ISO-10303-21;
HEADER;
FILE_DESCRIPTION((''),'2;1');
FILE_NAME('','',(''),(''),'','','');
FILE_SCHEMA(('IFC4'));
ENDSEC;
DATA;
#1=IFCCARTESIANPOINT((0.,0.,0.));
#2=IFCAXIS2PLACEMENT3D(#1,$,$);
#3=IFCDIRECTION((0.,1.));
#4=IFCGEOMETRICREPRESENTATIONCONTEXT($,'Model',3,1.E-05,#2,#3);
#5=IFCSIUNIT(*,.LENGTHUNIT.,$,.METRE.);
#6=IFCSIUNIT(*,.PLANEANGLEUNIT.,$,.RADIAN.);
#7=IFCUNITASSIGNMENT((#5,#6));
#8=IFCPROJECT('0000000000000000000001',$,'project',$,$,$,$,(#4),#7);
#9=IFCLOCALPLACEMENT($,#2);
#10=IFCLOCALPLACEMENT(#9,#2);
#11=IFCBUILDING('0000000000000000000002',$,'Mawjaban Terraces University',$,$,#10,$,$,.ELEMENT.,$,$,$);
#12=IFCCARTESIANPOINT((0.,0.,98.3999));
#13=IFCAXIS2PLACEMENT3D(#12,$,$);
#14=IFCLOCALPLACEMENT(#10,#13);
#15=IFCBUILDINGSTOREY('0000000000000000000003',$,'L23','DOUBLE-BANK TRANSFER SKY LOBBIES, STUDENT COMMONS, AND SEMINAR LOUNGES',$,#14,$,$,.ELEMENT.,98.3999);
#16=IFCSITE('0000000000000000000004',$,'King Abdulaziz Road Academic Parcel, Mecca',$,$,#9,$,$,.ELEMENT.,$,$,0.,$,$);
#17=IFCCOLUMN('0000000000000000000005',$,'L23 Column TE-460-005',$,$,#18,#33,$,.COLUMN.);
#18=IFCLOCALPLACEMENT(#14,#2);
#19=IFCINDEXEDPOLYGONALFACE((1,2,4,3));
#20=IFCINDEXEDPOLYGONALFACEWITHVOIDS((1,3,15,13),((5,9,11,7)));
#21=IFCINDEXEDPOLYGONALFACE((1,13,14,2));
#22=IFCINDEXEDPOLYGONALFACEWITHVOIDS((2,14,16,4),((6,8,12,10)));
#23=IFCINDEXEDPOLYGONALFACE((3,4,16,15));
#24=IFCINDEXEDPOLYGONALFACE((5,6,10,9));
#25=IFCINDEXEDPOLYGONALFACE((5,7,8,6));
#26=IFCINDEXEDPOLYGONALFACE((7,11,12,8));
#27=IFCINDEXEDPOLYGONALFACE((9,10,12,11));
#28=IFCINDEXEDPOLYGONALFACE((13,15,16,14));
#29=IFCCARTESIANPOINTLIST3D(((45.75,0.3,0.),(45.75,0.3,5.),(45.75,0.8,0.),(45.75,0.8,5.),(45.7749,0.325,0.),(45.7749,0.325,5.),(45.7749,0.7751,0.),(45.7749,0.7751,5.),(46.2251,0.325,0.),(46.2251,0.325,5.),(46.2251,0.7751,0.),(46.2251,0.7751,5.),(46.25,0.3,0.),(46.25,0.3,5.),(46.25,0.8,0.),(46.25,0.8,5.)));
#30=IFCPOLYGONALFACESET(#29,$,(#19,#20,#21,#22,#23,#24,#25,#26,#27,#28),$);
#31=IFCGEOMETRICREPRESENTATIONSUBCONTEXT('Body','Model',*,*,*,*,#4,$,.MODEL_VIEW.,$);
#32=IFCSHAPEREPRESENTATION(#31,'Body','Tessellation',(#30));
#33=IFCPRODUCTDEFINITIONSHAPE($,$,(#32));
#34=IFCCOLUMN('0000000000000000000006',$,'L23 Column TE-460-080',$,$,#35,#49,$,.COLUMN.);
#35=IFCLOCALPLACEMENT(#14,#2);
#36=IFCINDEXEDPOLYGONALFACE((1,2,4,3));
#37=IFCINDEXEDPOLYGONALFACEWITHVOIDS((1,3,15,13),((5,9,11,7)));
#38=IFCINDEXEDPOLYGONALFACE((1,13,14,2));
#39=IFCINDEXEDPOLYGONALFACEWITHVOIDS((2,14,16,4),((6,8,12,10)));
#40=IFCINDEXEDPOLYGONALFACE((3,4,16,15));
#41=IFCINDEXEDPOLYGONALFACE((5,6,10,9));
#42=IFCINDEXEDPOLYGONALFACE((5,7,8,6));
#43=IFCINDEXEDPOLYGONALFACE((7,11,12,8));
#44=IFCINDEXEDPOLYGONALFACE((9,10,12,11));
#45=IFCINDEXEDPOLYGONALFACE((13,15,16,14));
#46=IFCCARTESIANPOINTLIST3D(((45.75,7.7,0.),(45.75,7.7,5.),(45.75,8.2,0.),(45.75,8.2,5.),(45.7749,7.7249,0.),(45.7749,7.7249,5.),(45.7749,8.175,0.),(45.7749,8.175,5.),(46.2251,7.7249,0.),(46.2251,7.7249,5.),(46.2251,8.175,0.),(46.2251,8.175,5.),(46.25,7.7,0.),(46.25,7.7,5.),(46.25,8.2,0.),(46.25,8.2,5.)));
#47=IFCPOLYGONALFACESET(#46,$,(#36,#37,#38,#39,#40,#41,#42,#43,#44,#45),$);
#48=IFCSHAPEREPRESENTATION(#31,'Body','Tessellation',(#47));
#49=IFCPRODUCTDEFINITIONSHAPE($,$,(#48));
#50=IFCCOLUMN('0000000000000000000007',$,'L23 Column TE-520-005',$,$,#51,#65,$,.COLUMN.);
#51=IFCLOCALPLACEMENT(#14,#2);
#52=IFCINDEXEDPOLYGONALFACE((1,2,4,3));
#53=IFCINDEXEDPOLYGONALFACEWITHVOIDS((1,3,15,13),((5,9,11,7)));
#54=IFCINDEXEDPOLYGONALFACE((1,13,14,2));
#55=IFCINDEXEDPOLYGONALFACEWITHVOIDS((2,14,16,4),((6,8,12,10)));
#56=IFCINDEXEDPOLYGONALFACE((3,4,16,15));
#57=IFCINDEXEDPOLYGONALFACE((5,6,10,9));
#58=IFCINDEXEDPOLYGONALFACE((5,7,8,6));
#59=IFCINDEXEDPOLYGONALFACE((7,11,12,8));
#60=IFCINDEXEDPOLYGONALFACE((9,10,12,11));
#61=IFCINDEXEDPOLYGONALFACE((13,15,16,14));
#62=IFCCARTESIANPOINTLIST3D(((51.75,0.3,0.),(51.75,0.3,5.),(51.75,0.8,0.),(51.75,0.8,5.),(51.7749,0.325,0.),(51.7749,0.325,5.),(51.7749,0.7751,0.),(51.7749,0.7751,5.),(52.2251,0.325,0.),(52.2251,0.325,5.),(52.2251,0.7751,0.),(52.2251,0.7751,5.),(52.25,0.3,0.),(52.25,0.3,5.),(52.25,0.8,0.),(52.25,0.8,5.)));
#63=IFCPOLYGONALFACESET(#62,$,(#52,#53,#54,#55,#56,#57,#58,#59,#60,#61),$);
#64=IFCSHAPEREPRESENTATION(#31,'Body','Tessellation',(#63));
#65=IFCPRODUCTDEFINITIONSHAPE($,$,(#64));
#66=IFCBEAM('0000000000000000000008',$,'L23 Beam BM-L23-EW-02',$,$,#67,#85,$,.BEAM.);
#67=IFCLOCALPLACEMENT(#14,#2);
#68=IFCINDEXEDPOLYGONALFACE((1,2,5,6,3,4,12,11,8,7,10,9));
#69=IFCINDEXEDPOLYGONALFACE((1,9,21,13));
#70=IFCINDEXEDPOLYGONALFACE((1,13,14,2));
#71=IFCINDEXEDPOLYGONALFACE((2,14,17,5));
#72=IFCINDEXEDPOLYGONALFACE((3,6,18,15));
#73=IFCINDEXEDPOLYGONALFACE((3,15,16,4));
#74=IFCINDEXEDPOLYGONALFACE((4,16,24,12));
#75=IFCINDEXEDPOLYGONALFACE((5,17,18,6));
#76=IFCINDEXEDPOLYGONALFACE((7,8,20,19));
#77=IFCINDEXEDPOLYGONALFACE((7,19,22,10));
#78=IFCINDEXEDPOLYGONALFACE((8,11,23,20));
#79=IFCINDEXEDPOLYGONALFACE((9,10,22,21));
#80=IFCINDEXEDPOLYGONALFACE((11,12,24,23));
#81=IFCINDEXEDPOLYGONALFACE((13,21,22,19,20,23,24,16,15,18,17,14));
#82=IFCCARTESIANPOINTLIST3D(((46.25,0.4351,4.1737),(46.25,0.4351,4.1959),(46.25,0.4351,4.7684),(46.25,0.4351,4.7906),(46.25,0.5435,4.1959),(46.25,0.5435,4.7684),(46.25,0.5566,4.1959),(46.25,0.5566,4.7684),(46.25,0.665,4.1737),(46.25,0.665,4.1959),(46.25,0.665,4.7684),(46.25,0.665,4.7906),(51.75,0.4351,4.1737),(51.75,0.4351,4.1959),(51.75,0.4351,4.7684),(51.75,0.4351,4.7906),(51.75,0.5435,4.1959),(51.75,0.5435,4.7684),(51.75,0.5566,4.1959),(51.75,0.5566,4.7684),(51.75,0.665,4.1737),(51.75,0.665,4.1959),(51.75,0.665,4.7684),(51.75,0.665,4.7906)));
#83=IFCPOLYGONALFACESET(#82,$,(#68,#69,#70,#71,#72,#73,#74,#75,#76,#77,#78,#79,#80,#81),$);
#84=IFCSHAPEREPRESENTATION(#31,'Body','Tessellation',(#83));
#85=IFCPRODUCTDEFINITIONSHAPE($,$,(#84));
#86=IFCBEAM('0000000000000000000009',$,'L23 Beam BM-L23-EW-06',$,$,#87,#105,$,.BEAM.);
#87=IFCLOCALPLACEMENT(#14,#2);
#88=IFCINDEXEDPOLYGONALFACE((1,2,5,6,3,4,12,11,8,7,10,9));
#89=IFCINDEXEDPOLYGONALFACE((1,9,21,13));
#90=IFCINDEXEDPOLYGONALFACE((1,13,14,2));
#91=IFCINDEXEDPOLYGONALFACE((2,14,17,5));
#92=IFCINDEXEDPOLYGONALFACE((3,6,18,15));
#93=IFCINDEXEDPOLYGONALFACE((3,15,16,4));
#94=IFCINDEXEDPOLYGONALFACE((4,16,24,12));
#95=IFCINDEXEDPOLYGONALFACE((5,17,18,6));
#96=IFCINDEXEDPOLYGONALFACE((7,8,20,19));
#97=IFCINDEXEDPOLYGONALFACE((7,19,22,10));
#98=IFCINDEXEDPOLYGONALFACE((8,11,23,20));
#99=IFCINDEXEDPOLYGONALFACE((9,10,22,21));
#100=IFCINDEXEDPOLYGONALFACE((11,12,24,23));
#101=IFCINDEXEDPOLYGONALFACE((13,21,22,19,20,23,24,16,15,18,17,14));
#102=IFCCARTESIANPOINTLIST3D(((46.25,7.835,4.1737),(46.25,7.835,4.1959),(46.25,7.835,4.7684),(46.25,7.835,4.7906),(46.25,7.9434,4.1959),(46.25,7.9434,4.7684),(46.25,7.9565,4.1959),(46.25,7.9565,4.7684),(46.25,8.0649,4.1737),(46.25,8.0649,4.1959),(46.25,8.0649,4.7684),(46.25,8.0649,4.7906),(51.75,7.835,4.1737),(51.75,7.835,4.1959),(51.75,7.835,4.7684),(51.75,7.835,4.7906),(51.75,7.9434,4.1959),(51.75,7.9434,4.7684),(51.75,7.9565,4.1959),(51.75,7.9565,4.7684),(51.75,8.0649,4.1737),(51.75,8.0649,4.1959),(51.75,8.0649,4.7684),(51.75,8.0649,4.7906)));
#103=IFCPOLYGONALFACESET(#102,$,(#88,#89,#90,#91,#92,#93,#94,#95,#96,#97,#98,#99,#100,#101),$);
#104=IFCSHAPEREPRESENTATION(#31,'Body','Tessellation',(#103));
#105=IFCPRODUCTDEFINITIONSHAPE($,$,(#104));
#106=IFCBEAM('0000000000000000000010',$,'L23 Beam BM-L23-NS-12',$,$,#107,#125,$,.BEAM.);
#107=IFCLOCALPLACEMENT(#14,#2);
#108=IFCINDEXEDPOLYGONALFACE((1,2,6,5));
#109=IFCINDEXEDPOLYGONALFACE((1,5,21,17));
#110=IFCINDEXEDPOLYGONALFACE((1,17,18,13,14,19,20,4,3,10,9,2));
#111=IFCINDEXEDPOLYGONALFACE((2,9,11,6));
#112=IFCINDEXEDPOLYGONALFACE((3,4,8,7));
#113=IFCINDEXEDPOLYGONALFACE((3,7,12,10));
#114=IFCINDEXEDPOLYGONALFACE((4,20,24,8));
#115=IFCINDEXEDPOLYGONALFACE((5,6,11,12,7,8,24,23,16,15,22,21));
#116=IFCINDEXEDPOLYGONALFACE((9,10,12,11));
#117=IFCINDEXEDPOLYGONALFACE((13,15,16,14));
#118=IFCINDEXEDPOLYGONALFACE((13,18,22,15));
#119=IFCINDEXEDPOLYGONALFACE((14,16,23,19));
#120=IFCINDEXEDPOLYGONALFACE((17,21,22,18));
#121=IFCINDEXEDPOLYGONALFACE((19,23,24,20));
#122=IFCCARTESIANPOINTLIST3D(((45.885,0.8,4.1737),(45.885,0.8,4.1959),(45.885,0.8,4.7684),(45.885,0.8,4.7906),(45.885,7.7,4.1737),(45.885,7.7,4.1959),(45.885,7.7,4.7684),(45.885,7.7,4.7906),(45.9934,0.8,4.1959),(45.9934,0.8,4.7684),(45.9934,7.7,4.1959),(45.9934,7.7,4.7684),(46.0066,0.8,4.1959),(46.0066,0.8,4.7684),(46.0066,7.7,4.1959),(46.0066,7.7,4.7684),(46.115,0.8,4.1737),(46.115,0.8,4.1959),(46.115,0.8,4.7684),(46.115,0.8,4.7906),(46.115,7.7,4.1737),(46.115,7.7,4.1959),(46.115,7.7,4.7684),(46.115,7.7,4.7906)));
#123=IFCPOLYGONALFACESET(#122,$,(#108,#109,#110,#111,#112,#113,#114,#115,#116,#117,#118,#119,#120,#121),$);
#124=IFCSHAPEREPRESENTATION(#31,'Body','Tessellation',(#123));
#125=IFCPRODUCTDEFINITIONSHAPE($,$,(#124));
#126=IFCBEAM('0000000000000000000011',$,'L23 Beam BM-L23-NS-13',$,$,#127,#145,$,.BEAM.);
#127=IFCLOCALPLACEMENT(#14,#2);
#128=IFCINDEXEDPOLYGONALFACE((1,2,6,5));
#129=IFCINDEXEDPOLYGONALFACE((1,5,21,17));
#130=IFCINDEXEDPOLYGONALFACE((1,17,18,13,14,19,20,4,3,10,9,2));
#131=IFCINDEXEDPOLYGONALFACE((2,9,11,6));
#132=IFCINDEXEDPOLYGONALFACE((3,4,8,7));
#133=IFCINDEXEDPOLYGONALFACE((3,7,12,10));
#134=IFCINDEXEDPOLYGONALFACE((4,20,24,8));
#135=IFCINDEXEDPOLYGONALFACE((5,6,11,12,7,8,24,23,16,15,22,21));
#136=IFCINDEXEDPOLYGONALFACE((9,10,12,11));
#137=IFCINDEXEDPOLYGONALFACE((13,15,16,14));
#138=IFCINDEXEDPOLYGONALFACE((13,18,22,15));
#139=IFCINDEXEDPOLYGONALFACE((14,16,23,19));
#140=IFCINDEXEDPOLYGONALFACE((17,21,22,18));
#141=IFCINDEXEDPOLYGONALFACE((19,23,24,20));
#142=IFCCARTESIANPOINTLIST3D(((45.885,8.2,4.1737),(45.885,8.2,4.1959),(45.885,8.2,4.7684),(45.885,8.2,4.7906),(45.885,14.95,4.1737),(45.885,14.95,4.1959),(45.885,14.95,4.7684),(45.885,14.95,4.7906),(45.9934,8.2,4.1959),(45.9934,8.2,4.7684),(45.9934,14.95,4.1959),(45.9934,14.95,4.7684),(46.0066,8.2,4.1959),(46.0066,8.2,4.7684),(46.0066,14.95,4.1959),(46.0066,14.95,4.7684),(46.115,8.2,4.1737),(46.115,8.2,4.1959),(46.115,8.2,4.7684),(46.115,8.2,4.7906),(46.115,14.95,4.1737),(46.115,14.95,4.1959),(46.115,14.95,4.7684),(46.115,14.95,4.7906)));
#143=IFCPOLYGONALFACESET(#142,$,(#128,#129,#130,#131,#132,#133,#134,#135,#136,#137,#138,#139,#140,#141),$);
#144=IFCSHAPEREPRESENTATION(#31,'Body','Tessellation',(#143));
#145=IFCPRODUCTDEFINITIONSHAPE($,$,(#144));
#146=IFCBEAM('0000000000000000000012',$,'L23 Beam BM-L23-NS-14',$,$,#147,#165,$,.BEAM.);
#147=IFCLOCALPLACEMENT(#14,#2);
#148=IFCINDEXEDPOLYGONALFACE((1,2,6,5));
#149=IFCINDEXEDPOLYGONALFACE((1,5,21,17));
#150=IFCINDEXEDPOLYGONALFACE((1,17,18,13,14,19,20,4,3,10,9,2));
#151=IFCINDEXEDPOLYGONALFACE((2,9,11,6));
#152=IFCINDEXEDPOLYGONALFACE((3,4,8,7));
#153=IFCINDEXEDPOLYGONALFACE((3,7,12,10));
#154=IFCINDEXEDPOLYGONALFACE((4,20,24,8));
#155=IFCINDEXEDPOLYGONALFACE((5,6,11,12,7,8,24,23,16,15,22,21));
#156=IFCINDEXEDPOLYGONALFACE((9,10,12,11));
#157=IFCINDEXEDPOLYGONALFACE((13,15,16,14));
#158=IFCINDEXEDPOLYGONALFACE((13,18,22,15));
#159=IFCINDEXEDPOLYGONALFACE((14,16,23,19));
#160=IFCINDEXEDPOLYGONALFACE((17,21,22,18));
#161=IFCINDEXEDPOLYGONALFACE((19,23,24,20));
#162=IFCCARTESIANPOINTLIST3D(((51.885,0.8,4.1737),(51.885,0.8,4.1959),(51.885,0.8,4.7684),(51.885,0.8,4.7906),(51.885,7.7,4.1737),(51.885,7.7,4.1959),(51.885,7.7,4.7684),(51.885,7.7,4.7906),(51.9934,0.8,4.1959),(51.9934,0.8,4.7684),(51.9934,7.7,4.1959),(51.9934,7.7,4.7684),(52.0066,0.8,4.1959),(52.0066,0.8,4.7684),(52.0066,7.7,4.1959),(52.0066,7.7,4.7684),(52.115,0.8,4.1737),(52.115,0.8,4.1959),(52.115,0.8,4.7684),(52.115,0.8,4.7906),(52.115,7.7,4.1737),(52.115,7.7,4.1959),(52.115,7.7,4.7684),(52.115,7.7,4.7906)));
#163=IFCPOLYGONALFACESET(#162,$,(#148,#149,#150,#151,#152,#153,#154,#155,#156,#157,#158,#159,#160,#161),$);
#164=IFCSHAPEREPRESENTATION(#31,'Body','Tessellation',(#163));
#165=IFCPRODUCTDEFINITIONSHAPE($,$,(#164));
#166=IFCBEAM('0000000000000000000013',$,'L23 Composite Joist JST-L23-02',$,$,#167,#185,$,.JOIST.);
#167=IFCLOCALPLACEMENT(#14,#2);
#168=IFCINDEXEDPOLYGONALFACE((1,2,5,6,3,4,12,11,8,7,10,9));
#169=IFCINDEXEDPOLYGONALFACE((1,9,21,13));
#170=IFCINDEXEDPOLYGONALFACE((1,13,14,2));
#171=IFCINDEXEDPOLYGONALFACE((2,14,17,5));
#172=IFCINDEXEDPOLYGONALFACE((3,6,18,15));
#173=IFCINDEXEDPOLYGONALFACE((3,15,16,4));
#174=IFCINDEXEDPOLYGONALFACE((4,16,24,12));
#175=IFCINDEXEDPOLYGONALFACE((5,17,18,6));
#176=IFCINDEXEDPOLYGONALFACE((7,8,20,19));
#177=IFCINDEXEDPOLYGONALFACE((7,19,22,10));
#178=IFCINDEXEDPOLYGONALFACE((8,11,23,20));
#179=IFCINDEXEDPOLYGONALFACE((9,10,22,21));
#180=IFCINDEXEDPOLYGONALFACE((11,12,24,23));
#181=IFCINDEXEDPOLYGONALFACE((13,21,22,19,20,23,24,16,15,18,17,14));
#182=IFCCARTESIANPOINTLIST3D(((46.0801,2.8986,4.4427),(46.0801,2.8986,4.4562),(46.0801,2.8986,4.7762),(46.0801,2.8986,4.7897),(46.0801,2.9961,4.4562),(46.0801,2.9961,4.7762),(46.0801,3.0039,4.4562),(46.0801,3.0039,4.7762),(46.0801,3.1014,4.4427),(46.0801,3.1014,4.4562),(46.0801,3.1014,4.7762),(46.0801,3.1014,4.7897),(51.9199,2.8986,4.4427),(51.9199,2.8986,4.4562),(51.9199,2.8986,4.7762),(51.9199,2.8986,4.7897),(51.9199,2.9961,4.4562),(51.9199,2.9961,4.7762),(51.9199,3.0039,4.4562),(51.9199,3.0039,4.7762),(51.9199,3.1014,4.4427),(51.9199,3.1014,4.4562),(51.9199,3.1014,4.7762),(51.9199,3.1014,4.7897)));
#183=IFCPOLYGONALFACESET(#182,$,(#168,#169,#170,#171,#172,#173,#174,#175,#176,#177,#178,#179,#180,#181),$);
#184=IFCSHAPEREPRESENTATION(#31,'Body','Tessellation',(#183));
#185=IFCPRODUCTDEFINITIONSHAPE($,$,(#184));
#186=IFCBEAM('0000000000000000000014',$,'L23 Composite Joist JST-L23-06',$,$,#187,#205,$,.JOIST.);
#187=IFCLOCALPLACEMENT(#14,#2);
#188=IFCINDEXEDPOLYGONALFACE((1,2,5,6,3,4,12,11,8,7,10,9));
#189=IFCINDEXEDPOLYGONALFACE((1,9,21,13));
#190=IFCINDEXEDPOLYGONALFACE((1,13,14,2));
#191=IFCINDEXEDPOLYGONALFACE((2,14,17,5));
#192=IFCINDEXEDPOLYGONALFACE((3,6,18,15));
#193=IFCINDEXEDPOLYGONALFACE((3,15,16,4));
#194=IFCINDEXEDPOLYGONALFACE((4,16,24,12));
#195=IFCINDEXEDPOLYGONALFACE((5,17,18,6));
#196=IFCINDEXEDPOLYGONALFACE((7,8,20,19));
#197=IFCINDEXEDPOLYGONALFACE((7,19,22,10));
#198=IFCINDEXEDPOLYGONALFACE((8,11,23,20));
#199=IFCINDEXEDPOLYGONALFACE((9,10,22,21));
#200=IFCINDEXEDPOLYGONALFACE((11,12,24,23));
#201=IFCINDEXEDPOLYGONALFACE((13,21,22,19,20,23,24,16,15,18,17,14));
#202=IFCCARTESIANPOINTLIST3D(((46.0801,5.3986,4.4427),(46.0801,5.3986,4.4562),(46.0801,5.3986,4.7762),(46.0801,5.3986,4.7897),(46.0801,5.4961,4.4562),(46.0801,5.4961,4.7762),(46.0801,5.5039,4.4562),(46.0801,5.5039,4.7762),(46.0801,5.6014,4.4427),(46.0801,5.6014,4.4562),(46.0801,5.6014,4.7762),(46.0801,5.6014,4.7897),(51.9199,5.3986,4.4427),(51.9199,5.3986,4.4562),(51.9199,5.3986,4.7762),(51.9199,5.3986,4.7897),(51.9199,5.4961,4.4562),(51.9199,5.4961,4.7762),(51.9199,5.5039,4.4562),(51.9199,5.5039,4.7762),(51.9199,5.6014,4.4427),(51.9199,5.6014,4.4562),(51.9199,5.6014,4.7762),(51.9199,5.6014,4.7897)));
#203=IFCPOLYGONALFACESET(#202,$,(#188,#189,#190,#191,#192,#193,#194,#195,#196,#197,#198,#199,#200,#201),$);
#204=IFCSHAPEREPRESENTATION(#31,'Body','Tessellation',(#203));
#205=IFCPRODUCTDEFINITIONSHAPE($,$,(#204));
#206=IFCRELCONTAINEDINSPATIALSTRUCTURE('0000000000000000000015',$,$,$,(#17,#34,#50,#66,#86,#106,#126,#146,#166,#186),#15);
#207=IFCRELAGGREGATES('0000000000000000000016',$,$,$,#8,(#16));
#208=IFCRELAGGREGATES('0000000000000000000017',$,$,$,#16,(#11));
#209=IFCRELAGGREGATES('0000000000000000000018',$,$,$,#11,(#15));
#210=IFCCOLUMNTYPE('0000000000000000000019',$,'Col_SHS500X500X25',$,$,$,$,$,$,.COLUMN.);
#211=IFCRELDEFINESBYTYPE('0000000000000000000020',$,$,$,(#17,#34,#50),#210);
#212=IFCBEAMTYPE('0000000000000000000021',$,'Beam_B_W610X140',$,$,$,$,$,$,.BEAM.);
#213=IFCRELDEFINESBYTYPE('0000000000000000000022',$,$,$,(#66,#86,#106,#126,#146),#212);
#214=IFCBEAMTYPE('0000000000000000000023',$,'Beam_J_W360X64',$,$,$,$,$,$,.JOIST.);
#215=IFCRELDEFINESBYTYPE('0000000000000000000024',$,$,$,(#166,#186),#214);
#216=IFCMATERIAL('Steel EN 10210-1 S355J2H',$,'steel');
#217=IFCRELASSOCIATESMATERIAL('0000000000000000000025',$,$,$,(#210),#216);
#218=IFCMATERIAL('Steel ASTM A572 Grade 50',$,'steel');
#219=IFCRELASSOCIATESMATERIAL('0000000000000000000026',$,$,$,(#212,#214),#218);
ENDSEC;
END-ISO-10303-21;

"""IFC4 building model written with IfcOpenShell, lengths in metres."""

from ifc_helpers import new_model, si_unit, direction, frame, origin, origin_2d, place, context, subcontext, project, spatial, hollow_rectangle, i_section, extrude, material, material_profile, profile_set, type_object, element, save


model = new_model("IFC4")

# Units and contexts
model_context = context("Model", 3, precision=1e-05, world=origin(), true_north=direction((0.0, 1.0)))
body_context = subcontext(model_context, "Body", "Model", "MODEL_VIEW")
ifc_project = project(units=[si_unit("LENGTHUNIT", "METRE"), si_unit("PLANEANGLEUNIT", "RADIAN")], contexts=[model_context])

# Site, building, storey
site_placement = place(None, origin())
site = spatial("IfcSite", under=ifc_project, at=site_placement, Name="King Abdulaziz Road Academic Parcel, Mecca", CompositionType="ELEMENT", RefElevation=0.0)
building_placement = place(site_placement, origin())
building = spatial("IfcBuilding", under=site, at=building_placement, Name="Mawjaban Terraces University", CompositionType="ELEMENT")
storey_placement = place(building_placement, frame((0.0, 0.0, 98.3999)))
storey = spatial("IfcBuildingStorey", under=building, at=storey_placement, Name="L23", Description="DOUBLE-BANK TRANSFER SKY LOBBIES, STUDENT COMMONS, AND SEMINAR LOUNGES", CompositionType="ELEMENT", Elevation=98.3999)

# Columns
ifc_material_1 = material(Name="Steel EN 10210-1 S355J2H", Category="steel")
ifc_material_profile_1 = material_profile(ifc_material_1, hollow_rectangle(XDim=0.5, YDim=0.5, WallThickness=0.0249, at=origin_2d()), Name="SHS500X500X25")
ifc_profile_set_1 = profile_set([ifc_material_profile_1], Name="Steel EN 10210-1 S355J2H")
column_type = type_object("IfcColumnType", Name="Col_SHS500X500X25", PredefinedType="COLUMN", material=ifc_profile_set_1)
for number, where, z_axis, x_axis, name in (
    (1, (46.0, 0.55, 0.0), (0.0, 0.0, 1.0), (1.0, 0.0, 0.0), "L23 Column TE-460-005"),
    (2, (46.0, 7.95, 0.0), (0.0, 0.0, 1.0), (1.0, 0.0, 0.0), "L23 Column TE-460-080"),
    (3, (52.0, 0.55, 0.0), (0.0, 0.0, 1.0), (1.0, 0.0, 0.0), "L23 Column TE-520-005"),
):
    element("IfcColumn", number, at=place(storey_placement, frame(where, z_axis=z_axis, x_axis=x_axis)), inside=storey, type_object=column_type, Name=name, PredefinedType="COLUMN", context=body_context, shape_type="SweptSolid", body=[
        extrude(hollow_rectangle(XDim=0.5, YDim=0.5, WallThickness=0.0249, at=origin_2d()), origin(), (0.0, 0.0, 1.0), 5.0),
    ])

# Beams
ifc_material_2 = material(Name="Steel ASTM A572 Grade 50", Category="steel")
ifc_material_profile_2 = material_profile(ifc_material_2, i_section(OverallWidth=0.23, OverallDepth=0.6169, WebThickness=0.0132, FlangeThickness=0.0222, at=origin_2d()), Name="W610X140")
ifc_profile_set_2 = profile_set([ifc_material_profile_2], Name="Steel ASTM A572 Grade 50")
beam_type_1 = type_object("IfcBeamType", Name="Beam_B_W610X140", PredefinedType="BEAM", material=ifc_profile_set_2)
for number, where, z_axis, x_axis, name in (
    (4, (46.25, 0.55, 4.4822), (1.0, 0.0, 0.0), (0.0, 1.0, 0.0), "L23 Beam BM-L23-EW-02"),
    (5, (46.25, 7.95, 4.4822), (1.0, 0.0, 0.0), (0.0, 1.0, 0.0), "L23 Beam BM-L23-EW-06"),
):
    element("IfcBeam", number, at=place(storey_placement, frame(where, z_axis=z_axis, x_axis=x_axis)), inside=storey, type_object=beam_type_1, Name=name, PredefinedType="BEAM", context=body_context, shape_type="SweptSolid", body=[
        extrude(i_section(OverallWidth=0.23, OverallDepth=0.6169, WebThickness=0.0132, FlangeThickness=0.0222, at=origin_2d()), origin(), (0.0, 0.0, 1.0), 5.5),
    ])
beam_1_placement = place(storey_placement, frame((46.0, 0.8, 4.4822), z_axis=(0.0, 1.0, 0.0), x_axis=(-1.0, 0.0, 0.0)))
element("IfcBeam", 6, at=beam_1_placement, inside=storey, type_object=beam_type_1, Name="L23 Beam BM-L23-NS-12", PredefinedType="BEAM", context=body_context, shape_type="SweptSolid", body=[
    extrude(i_section(OverallWidth=0.23, OverallDepth=0.6169, WebThickness=0.0132, FlangeThickness=0.0222, at=origin_2d()), origin(), (0.0, 0.0, 1.0), 6.8999),
])
beam_2_placement = place(storey_placement, frame((46.0, 8.2, 4.4822), z_axis=(0.0, 1.0, 0.0), x_axis=(-1.0, 0.0, 0.0)))
element("IfcBeam", 7, at=beam_2_placement, inside=storey, type_object=beam_type_1, Name="L23 Beam BM-L23-NS-13", PredefinedType="BEAM", context=body_context, shape_type="SweptSolid", body=[
    extrude(i_section(OverallWidth=0.23, OverallDepth=0.6169, WebThickness=0.0132, FlangeThickness=0.0222, at=origin_2d()), origin(), (0.0, 0.0, 1.0), 6.75),
])
beam_3_placement = place(storey_placement, frame((52.0, 0.8, 4.4822), z_axis=(0.0, 1.0, 0.0), x_axis=(-1.0, 0.0, 0.0)))
element("IfcBeam", 8, at=beam_3_placement, inside=storey, type_object=beam_type_1, Name="L23 Beam BM-L23-NS-14", PredefinedType="BEAM", context=body_context, shape_type="SweptSolid", body=[
    extrude(i_section(OverallWidth=0.23, OverallDepth=0.6169, WebThickness=0.0132, FlangeThickness=0.0222, at=origin_2d()), origin(), (0.0, 0.0, 1.0), 6.8999),
])
ifc_material_profile_3 = material_profile(ifc_material_2, i_section(OverallWidth=0.2029, OverallDepth=0.3469, WebThickness=0.0078, FlangeThickness=0.0134, at=origin_2d()), Name="W360X64")
ifc_profile_set_3 = profile_set([ifc_material_profile_3], Name="Steel ASTM A572 Grade 50")
beam_type_2 = type_object("IfcBeamType", Name="Beam_J_W360X64", PredefinedType="JOIST", material=ifc_profile_set_3)
for number, where, z_axis, x_axis, name in (
    (9, (46.0801, 3.0, 4.6162), (1.0, 0.0, 0.0), (0.0, 1.0, 0.0), "L23 Composite Joist JST-L23-02"),
    (10, (46.0801, 5.5, 4.6162), (1.0, 0.0, 0.0), (0.0, 1.0, 0.0), "L23 Composite Joist JST-L23-06"),
):
    element("IfcBeam", number, at=place(storey_placement, frame(where, z_axis=z_axis, x_axis=x_axis)), inside=storey, type_object=beam_type_2, Name=name, PredefinedType="JOIST", context=body_context, shape_type="SweptSolid", body=[
        extrude(i_section(OverallWidth=0.2029, OverallDepth=0.3469, WebThickness=0.0078, FlangeThickness=0.0134, at=origin_2d()), origin(), (0.0, 0.0, 1.0), 5.8398),
    ])

save(model, "model.ifc")
